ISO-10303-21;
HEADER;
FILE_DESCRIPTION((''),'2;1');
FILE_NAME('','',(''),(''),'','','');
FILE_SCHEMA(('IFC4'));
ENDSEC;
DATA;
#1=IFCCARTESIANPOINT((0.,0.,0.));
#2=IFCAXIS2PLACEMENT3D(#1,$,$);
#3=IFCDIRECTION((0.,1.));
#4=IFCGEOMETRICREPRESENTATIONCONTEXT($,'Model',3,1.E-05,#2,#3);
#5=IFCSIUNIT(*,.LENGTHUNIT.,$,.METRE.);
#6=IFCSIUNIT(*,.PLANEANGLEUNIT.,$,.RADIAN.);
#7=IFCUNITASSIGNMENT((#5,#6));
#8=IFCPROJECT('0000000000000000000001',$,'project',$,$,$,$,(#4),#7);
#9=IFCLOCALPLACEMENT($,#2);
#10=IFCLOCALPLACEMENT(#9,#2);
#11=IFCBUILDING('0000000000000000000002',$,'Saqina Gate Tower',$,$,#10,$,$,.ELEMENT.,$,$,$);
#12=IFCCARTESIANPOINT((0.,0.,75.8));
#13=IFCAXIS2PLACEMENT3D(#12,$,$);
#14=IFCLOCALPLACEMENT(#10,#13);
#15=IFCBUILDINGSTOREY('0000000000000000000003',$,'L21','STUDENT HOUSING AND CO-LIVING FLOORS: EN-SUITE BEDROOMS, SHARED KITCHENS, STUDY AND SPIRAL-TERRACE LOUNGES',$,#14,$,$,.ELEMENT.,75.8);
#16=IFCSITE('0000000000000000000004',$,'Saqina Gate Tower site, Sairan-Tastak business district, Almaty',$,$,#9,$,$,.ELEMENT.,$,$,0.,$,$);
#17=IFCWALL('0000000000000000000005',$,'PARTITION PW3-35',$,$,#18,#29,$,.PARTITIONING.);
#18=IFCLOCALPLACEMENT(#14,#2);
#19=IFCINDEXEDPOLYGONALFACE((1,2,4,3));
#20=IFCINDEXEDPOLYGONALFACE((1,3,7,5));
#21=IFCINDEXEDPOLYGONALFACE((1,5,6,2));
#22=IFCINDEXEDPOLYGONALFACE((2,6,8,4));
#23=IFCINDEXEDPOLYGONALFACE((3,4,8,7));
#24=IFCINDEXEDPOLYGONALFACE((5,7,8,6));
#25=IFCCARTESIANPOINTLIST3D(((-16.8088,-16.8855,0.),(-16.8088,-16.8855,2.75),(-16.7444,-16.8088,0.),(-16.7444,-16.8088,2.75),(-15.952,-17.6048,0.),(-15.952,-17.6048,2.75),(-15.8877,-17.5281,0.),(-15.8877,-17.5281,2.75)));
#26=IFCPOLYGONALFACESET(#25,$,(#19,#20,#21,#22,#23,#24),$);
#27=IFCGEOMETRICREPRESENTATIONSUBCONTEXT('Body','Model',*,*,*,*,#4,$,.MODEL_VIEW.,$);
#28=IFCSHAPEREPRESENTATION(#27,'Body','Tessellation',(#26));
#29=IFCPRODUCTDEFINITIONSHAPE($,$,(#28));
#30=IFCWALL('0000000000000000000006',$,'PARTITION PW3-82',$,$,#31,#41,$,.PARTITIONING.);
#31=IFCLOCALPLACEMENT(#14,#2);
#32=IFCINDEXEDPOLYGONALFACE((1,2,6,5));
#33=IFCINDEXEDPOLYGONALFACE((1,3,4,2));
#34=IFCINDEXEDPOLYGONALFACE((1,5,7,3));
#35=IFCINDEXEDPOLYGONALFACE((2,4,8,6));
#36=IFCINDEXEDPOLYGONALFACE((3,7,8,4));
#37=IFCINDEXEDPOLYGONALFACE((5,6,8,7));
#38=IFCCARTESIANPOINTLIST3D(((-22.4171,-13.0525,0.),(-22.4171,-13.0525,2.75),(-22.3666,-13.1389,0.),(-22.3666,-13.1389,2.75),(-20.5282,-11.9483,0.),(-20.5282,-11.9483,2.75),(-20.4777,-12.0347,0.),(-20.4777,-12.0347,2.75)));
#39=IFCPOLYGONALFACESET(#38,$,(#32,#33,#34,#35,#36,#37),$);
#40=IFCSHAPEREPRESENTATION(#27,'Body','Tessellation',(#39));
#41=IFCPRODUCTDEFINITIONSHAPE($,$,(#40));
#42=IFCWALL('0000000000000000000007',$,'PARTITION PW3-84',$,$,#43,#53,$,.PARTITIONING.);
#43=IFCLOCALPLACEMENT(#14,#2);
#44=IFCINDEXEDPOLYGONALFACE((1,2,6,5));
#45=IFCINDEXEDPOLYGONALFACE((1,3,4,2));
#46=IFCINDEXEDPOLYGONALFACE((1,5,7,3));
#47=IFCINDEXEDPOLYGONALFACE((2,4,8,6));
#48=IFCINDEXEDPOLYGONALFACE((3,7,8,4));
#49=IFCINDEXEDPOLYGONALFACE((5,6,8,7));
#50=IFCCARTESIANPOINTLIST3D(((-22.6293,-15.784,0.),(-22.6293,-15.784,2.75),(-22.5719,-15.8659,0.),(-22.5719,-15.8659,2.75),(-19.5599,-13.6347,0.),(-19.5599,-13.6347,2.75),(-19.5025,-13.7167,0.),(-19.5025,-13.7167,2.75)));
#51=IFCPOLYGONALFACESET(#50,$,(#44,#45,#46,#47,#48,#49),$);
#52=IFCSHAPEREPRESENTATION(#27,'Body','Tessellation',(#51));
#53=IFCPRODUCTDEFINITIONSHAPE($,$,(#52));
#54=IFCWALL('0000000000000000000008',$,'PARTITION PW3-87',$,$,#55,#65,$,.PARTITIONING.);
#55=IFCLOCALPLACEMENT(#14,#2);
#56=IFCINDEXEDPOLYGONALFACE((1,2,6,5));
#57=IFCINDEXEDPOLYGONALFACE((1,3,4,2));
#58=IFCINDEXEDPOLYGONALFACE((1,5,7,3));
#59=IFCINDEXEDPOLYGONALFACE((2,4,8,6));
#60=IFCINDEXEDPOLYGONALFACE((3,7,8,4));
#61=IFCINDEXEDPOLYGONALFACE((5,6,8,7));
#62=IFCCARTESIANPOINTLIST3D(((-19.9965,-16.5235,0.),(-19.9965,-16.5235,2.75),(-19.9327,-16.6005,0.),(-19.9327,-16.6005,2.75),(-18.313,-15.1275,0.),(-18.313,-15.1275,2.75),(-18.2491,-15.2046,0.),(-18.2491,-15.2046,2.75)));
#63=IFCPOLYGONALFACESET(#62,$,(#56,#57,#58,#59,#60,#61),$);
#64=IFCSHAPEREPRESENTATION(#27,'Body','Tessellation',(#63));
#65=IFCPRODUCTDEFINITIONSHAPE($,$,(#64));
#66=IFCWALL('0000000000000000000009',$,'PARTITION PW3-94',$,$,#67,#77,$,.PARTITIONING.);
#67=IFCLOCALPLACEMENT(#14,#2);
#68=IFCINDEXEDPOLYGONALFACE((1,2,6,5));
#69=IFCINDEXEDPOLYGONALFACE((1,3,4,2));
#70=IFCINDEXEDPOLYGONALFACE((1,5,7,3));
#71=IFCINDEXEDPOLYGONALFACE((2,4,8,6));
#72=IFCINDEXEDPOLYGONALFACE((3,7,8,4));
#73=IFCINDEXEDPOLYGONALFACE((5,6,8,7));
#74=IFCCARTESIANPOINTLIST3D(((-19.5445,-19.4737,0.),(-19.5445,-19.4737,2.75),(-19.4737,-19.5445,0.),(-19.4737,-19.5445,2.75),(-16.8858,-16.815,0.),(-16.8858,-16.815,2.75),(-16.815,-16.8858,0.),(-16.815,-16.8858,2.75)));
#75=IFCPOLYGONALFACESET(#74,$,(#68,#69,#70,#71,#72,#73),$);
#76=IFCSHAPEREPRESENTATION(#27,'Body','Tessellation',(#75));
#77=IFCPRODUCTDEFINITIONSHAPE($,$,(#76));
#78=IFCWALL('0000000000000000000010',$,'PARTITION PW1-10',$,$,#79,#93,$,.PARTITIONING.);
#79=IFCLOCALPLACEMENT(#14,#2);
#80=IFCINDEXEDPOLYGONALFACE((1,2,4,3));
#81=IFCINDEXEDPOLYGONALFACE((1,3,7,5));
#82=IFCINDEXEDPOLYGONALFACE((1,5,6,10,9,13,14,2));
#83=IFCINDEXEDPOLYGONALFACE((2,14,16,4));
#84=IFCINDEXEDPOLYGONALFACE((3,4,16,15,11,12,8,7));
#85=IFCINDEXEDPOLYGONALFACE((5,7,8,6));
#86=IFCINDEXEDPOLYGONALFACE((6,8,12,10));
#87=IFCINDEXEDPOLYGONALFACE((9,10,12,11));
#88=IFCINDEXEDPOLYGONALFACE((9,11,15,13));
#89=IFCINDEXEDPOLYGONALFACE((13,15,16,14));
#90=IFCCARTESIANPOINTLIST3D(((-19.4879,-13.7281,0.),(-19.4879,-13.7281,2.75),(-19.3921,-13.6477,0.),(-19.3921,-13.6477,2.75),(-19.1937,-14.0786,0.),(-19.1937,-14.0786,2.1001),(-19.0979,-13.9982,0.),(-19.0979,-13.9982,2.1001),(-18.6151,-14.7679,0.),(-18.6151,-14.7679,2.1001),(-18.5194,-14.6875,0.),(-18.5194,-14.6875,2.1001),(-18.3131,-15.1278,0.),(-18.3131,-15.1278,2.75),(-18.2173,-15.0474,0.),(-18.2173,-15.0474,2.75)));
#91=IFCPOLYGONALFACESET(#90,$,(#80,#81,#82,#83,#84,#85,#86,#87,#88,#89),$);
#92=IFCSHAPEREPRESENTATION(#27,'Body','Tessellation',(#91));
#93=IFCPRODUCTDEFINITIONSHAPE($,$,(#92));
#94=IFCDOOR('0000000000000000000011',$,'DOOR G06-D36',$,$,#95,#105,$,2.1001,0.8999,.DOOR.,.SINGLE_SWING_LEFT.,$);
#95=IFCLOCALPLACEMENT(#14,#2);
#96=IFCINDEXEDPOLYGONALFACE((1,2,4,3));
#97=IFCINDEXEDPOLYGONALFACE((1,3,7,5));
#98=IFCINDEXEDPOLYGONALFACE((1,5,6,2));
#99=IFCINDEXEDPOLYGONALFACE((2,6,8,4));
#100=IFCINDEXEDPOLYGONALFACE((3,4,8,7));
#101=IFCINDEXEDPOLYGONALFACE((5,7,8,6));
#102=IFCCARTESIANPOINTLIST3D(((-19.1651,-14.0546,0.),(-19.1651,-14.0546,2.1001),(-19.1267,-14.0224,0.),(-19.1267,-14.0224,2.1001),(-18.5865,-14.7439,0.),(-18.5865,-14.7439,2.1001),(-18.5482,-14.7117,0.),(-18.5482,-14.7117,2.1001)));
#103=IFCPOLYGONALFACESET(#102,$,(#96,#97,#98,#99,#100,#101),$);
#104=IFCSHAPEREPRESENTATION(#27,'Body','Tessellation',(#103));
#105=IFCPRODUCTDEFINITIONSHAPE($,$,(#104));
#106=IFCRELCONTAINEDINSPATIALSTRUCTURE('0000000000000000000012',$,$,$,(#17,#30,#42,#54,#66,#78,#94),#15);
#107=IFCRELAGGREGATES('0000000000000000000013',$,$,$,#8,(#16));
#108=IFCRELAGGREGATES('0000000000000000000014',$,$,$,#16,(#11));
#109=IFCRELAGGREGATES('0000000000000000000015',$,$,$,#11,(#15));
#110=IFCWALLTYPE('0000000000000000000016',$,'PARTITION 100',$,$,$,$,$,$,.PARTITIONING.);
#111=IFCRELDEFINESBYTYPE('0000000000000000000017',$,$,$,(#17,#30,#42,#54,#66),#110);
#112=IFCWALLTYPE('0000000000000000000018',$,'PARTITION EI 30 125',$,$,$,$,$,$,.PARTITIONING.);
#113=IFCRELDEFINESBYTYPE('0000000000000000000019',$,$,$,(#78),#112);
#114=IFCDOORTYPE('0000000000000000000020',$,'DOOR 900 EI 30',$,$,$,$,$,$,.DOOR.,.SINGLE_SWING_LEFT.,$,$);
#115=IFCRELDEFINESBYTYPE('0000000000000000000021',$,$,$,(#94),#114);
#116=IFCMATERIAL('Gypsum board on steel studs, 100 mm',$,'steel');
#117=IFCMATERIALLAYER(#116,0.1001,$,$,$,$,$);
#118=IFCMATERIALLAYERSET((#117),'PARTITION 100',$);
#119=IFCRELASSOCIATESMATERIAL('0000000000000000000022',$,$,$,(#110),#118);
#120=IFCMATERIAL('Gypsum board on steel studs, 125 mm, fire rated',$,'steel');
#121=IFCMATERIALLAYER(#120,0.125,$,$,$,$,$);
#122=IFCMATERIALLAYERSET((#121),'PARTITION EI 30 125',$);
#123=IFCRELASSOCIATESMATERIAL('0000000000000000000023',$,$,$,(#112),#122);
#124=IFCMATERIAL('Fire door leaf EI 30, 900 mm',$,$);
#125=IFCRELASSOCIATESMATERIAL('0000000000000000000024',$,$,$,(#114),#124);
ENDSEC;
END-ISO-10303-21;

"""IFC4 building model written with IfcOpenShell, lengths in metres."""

from ifc_helpers import new_model, si_unit, direction, frame, frame_2d, origin, place, context, subcontext, project, spatial, rectangle, extrude, material, layer, layer_set, type_object, element, fill, save


model = new_model("IFC4")

# Units and contexts
model_context = context("Model", 3, precision=1e-05, world=origin(), true_north=direction((0.0, 1.0)))
body_context = subcontext(model_context, "Body", "Model", "MODEL_VIEW")
ifc_project = project(units=[si_unit("LENGTHUNIT", "METRE"), si_unit("PLANEANGLEUNIT", "RADIAN")], contexts=[model_context])

# Site, building, storey
site_placement = place(None, origin())
site = spatial("IfcSite", under=ifc_project, at=site_placement, Name="Saqina Gate Tower site, Sairan-Tastak business district, Almaty", CompositionType="ELEMENT", RefElevation=0.0)
building_placement = place(site_placement, origin())
building = spatial("IfcBuilding", under=site, at=building_placement, Name="Saqina Gate Tower", CompositionType="ELEMENT")
storey_placement = place(building_placement, frame((0.0, 0.0, 75.8)))
storey = spatial("IfcBuildingStorey", under=building, at=storey_placement, Name="L21", Description="STUDENT HOUSING AND CO-LIVING FLOORS: EN-SUITE BEDROOMS, SHARED KITCHENS, STUDY AND SPIRAL-TERRACE LOUNGES", CompositionType="ELEMENT", Elevation=75.8)

# Shared definitions
ifc_material_1 = material(Name="Gypsum board on steel studs, 100 mm", Category="steel")
ifc_layer_1 = layer(ifc_material_1, 0.1001)
ifc_layer_set_1 = layer_set([ifc_layer_1], Name="PARTITION 100")
wall_type_1 = type_object("IfcWallType", Name="PARTITION 100", PredefinedType="PARTITIONING", material=ifc_layer_set_1)

# Walls
wall_1_placement = place(storey_placement, frame((-16.7766, -16.8472, 0.0), z_axis=(0.0, 0.0, 1.0), x_axis=(0.765873, -0.642992, 0.0)))
element("IfcWall", 1, at=wall_1_placement, inside=storey, type_object=wall_type_1, Name="PARTITION PW3-35", PredefinedType="PARTITIONING", context=body_context, shape_type="SweptSolid", body=[
    extrude(rectangle(XDim=1.1187, YDim=0.1001, at=frame_2d((0.5593, 0.0))), origin(), (0.0, 0.0, 1.0), 2.75),
])
wall_2_placement = place(storey_placement, frame((-22.3918, -13.0957, 0.0), z_axis=(0.0, 0.0, 1.0), x_axis=(0.863305, 0.504683, 0.0)))
element("IfcWall", 2, at=wall_2_placement, inside=storey, type_object=wall_type_1, Name="PARTITION PW3-82", PredefinedType="PARTITIONING", context=body_context, shape_type="SweptSolid", body=[
    extrude(rectangle(XDim=2.188, YDim=0.1001, at=frame_2d((1.094, 0.0))), origin(), (0.0, 0.0, 1.0), 2.75),
])
wall_3_placement = place(storey_placement, frame((-22.6006, -15.825, 0.0), z_axis=(0.0, 0.0, 1.0), x_axis=(0.819152, 0.573576, 0.0)))
element("IfcWall", 3, at=wall_3_placement, inside=storey, type_object=wall_type_1, Name="PARTITION PW3-84", PredefinedType="PARTITIONING", context=body_context, shape_type="SweptSolid", body=[
    extrude(rectangle(XDim=3.7471, YDim=0.1001, at=frame_2d((1.8735, 0.0))), origin(), (0.0, 0.0, 1.0), 2.75),
])
wall_4_placement = place(storey_placement, frame((-19.9646, -16.562, 0.0), z_axis=(0.0, 0.0, 1.0), x_axis=(0.769793, 0.638294, 0.0)))
element("IfcWall", 4, at=wall_4_placement, inside=storey, type_object=wall_type_1, Name="PARTITION PW3-87", PredefinedType="PARTITIONING", context=body_context, shape_type="SweptSolid", body=[
    extrude(rectangle(XDim=2.187, YDim=0.1001, at=frame_2d((1.0935, 0.0))), origin(), (0.0, 0.0, 1.0), 2.75),
])
wall_5_placement = place(storey_placement, frame((-19.509, -19.509, 0.0), z_axis=(0.0, 0.0, 1.0), x_axis=(0.707107, 0.707107, 0.0)))
element("IfcWall", 5, at=wall_5_placement, inside=storey, type_object=wall_type_1, Name="PARTITION PW3-94", PredefinedType="PARTITIONING", context=body_context, shape_type="SweptSolid", body=[
    extrude(rectangle(XDim=3.76, YDim=0.1001, at=frame_2d((1.8799, 0.0))), origin(), (0.0, 0.0, 1.0), 2.75),
])

# Wall, opening, door
ifc_material_2 = material(Name="Gypsum board on steel studs, 125 mm, fire rated", Category="steel")
ifc_layer_2 = layer(ifc_material_2, 0.125)
ifc_layer_set_2 = layer_set([ifc_layer_2], Name="PARTITION EI 30 125")
wall_type_2 = type_object("IfcWallType", Name="PARTITION EI 30 125", PredefinedType="PARTITIONING", material=ifc_layer_set_2)
wall_6_placement = place(storey_placement, frame((-19.4399, -13.688, 0.0), z_axis=(0.0, 0.0, 1.0), x_axis=(0.642901, -0.76595, 0.0)))
wall_6 = element("IfcWall", 6, at=wall_6_placement, inside=storey, type_object=wall_type_2, Name="PARTITION PW1-10", PredefinedType="PARTITIONING", context=body_context, shape_type="SweptSolid", body=[
    extrude(rectangle(XDim=1.8274, YDim=0.125, at=frame_2d((0.9136, 0.0))), origin(), (0.0, 0.0, 1.0), 2.75),
])
opening_1_placement = place(wall_6_placement, frame((0.4575, 0.0, 0.0)))
opening_1 = element("IfcOpeningElement", 7, at=opening_1_placement, cuts=wall_6, PredefinedType="OPENING", context=body_context, shape_type="SweptSolid", body=[
    extrude(rectangle(XDim=0.8999, YDim=2.1001, at=frame_2d((0.45, 1.05))), frame((0.0, 0.0745, 0.0), z_axis=(0.0, -1.0, 0.0), x_axis=(1.0, 0.0, 0.0)), (0.0, 0.0, 1.0), 0.1489),
])
ifc_material_3 = material(Name="Fire door leaf EI 30, 900 mm")
door_type_1 = type_object("IfcDoorType", Name="DOOR 900 EI 30", OperationType="SINGLE_SWING_LEFT", PredefinedType="DOOR", material=ifc_material_3)
door_1_placement = place(opening_1_placement, origin())
door_1 = element("IfcDoor", 8, at=door_1_placement, inside=storey, type_object=door_type_1, Name="DOOR G06-D36", OperationType="SINGLE_SWING_LEFT", OverallHeight=2.1001, OverallWidth=0.8999, PredefinedType="DOOR", context=body_context, shape_type="SweptSolid", body=[
    extrude(rectangle(XDim=0.8999, YDim=2.1001, at=frame_2d((0.45, 1.05))), frame((0.0, 0.0249, 0.0), z_axis=(0.0, -1.0, 0.0), x_axis=(1.0, 0.0, 0.0)), (0.0, 0.0, 1.0), 0.05),
])
fill(opening_1, door_1)

save(model, "model.ifc")
